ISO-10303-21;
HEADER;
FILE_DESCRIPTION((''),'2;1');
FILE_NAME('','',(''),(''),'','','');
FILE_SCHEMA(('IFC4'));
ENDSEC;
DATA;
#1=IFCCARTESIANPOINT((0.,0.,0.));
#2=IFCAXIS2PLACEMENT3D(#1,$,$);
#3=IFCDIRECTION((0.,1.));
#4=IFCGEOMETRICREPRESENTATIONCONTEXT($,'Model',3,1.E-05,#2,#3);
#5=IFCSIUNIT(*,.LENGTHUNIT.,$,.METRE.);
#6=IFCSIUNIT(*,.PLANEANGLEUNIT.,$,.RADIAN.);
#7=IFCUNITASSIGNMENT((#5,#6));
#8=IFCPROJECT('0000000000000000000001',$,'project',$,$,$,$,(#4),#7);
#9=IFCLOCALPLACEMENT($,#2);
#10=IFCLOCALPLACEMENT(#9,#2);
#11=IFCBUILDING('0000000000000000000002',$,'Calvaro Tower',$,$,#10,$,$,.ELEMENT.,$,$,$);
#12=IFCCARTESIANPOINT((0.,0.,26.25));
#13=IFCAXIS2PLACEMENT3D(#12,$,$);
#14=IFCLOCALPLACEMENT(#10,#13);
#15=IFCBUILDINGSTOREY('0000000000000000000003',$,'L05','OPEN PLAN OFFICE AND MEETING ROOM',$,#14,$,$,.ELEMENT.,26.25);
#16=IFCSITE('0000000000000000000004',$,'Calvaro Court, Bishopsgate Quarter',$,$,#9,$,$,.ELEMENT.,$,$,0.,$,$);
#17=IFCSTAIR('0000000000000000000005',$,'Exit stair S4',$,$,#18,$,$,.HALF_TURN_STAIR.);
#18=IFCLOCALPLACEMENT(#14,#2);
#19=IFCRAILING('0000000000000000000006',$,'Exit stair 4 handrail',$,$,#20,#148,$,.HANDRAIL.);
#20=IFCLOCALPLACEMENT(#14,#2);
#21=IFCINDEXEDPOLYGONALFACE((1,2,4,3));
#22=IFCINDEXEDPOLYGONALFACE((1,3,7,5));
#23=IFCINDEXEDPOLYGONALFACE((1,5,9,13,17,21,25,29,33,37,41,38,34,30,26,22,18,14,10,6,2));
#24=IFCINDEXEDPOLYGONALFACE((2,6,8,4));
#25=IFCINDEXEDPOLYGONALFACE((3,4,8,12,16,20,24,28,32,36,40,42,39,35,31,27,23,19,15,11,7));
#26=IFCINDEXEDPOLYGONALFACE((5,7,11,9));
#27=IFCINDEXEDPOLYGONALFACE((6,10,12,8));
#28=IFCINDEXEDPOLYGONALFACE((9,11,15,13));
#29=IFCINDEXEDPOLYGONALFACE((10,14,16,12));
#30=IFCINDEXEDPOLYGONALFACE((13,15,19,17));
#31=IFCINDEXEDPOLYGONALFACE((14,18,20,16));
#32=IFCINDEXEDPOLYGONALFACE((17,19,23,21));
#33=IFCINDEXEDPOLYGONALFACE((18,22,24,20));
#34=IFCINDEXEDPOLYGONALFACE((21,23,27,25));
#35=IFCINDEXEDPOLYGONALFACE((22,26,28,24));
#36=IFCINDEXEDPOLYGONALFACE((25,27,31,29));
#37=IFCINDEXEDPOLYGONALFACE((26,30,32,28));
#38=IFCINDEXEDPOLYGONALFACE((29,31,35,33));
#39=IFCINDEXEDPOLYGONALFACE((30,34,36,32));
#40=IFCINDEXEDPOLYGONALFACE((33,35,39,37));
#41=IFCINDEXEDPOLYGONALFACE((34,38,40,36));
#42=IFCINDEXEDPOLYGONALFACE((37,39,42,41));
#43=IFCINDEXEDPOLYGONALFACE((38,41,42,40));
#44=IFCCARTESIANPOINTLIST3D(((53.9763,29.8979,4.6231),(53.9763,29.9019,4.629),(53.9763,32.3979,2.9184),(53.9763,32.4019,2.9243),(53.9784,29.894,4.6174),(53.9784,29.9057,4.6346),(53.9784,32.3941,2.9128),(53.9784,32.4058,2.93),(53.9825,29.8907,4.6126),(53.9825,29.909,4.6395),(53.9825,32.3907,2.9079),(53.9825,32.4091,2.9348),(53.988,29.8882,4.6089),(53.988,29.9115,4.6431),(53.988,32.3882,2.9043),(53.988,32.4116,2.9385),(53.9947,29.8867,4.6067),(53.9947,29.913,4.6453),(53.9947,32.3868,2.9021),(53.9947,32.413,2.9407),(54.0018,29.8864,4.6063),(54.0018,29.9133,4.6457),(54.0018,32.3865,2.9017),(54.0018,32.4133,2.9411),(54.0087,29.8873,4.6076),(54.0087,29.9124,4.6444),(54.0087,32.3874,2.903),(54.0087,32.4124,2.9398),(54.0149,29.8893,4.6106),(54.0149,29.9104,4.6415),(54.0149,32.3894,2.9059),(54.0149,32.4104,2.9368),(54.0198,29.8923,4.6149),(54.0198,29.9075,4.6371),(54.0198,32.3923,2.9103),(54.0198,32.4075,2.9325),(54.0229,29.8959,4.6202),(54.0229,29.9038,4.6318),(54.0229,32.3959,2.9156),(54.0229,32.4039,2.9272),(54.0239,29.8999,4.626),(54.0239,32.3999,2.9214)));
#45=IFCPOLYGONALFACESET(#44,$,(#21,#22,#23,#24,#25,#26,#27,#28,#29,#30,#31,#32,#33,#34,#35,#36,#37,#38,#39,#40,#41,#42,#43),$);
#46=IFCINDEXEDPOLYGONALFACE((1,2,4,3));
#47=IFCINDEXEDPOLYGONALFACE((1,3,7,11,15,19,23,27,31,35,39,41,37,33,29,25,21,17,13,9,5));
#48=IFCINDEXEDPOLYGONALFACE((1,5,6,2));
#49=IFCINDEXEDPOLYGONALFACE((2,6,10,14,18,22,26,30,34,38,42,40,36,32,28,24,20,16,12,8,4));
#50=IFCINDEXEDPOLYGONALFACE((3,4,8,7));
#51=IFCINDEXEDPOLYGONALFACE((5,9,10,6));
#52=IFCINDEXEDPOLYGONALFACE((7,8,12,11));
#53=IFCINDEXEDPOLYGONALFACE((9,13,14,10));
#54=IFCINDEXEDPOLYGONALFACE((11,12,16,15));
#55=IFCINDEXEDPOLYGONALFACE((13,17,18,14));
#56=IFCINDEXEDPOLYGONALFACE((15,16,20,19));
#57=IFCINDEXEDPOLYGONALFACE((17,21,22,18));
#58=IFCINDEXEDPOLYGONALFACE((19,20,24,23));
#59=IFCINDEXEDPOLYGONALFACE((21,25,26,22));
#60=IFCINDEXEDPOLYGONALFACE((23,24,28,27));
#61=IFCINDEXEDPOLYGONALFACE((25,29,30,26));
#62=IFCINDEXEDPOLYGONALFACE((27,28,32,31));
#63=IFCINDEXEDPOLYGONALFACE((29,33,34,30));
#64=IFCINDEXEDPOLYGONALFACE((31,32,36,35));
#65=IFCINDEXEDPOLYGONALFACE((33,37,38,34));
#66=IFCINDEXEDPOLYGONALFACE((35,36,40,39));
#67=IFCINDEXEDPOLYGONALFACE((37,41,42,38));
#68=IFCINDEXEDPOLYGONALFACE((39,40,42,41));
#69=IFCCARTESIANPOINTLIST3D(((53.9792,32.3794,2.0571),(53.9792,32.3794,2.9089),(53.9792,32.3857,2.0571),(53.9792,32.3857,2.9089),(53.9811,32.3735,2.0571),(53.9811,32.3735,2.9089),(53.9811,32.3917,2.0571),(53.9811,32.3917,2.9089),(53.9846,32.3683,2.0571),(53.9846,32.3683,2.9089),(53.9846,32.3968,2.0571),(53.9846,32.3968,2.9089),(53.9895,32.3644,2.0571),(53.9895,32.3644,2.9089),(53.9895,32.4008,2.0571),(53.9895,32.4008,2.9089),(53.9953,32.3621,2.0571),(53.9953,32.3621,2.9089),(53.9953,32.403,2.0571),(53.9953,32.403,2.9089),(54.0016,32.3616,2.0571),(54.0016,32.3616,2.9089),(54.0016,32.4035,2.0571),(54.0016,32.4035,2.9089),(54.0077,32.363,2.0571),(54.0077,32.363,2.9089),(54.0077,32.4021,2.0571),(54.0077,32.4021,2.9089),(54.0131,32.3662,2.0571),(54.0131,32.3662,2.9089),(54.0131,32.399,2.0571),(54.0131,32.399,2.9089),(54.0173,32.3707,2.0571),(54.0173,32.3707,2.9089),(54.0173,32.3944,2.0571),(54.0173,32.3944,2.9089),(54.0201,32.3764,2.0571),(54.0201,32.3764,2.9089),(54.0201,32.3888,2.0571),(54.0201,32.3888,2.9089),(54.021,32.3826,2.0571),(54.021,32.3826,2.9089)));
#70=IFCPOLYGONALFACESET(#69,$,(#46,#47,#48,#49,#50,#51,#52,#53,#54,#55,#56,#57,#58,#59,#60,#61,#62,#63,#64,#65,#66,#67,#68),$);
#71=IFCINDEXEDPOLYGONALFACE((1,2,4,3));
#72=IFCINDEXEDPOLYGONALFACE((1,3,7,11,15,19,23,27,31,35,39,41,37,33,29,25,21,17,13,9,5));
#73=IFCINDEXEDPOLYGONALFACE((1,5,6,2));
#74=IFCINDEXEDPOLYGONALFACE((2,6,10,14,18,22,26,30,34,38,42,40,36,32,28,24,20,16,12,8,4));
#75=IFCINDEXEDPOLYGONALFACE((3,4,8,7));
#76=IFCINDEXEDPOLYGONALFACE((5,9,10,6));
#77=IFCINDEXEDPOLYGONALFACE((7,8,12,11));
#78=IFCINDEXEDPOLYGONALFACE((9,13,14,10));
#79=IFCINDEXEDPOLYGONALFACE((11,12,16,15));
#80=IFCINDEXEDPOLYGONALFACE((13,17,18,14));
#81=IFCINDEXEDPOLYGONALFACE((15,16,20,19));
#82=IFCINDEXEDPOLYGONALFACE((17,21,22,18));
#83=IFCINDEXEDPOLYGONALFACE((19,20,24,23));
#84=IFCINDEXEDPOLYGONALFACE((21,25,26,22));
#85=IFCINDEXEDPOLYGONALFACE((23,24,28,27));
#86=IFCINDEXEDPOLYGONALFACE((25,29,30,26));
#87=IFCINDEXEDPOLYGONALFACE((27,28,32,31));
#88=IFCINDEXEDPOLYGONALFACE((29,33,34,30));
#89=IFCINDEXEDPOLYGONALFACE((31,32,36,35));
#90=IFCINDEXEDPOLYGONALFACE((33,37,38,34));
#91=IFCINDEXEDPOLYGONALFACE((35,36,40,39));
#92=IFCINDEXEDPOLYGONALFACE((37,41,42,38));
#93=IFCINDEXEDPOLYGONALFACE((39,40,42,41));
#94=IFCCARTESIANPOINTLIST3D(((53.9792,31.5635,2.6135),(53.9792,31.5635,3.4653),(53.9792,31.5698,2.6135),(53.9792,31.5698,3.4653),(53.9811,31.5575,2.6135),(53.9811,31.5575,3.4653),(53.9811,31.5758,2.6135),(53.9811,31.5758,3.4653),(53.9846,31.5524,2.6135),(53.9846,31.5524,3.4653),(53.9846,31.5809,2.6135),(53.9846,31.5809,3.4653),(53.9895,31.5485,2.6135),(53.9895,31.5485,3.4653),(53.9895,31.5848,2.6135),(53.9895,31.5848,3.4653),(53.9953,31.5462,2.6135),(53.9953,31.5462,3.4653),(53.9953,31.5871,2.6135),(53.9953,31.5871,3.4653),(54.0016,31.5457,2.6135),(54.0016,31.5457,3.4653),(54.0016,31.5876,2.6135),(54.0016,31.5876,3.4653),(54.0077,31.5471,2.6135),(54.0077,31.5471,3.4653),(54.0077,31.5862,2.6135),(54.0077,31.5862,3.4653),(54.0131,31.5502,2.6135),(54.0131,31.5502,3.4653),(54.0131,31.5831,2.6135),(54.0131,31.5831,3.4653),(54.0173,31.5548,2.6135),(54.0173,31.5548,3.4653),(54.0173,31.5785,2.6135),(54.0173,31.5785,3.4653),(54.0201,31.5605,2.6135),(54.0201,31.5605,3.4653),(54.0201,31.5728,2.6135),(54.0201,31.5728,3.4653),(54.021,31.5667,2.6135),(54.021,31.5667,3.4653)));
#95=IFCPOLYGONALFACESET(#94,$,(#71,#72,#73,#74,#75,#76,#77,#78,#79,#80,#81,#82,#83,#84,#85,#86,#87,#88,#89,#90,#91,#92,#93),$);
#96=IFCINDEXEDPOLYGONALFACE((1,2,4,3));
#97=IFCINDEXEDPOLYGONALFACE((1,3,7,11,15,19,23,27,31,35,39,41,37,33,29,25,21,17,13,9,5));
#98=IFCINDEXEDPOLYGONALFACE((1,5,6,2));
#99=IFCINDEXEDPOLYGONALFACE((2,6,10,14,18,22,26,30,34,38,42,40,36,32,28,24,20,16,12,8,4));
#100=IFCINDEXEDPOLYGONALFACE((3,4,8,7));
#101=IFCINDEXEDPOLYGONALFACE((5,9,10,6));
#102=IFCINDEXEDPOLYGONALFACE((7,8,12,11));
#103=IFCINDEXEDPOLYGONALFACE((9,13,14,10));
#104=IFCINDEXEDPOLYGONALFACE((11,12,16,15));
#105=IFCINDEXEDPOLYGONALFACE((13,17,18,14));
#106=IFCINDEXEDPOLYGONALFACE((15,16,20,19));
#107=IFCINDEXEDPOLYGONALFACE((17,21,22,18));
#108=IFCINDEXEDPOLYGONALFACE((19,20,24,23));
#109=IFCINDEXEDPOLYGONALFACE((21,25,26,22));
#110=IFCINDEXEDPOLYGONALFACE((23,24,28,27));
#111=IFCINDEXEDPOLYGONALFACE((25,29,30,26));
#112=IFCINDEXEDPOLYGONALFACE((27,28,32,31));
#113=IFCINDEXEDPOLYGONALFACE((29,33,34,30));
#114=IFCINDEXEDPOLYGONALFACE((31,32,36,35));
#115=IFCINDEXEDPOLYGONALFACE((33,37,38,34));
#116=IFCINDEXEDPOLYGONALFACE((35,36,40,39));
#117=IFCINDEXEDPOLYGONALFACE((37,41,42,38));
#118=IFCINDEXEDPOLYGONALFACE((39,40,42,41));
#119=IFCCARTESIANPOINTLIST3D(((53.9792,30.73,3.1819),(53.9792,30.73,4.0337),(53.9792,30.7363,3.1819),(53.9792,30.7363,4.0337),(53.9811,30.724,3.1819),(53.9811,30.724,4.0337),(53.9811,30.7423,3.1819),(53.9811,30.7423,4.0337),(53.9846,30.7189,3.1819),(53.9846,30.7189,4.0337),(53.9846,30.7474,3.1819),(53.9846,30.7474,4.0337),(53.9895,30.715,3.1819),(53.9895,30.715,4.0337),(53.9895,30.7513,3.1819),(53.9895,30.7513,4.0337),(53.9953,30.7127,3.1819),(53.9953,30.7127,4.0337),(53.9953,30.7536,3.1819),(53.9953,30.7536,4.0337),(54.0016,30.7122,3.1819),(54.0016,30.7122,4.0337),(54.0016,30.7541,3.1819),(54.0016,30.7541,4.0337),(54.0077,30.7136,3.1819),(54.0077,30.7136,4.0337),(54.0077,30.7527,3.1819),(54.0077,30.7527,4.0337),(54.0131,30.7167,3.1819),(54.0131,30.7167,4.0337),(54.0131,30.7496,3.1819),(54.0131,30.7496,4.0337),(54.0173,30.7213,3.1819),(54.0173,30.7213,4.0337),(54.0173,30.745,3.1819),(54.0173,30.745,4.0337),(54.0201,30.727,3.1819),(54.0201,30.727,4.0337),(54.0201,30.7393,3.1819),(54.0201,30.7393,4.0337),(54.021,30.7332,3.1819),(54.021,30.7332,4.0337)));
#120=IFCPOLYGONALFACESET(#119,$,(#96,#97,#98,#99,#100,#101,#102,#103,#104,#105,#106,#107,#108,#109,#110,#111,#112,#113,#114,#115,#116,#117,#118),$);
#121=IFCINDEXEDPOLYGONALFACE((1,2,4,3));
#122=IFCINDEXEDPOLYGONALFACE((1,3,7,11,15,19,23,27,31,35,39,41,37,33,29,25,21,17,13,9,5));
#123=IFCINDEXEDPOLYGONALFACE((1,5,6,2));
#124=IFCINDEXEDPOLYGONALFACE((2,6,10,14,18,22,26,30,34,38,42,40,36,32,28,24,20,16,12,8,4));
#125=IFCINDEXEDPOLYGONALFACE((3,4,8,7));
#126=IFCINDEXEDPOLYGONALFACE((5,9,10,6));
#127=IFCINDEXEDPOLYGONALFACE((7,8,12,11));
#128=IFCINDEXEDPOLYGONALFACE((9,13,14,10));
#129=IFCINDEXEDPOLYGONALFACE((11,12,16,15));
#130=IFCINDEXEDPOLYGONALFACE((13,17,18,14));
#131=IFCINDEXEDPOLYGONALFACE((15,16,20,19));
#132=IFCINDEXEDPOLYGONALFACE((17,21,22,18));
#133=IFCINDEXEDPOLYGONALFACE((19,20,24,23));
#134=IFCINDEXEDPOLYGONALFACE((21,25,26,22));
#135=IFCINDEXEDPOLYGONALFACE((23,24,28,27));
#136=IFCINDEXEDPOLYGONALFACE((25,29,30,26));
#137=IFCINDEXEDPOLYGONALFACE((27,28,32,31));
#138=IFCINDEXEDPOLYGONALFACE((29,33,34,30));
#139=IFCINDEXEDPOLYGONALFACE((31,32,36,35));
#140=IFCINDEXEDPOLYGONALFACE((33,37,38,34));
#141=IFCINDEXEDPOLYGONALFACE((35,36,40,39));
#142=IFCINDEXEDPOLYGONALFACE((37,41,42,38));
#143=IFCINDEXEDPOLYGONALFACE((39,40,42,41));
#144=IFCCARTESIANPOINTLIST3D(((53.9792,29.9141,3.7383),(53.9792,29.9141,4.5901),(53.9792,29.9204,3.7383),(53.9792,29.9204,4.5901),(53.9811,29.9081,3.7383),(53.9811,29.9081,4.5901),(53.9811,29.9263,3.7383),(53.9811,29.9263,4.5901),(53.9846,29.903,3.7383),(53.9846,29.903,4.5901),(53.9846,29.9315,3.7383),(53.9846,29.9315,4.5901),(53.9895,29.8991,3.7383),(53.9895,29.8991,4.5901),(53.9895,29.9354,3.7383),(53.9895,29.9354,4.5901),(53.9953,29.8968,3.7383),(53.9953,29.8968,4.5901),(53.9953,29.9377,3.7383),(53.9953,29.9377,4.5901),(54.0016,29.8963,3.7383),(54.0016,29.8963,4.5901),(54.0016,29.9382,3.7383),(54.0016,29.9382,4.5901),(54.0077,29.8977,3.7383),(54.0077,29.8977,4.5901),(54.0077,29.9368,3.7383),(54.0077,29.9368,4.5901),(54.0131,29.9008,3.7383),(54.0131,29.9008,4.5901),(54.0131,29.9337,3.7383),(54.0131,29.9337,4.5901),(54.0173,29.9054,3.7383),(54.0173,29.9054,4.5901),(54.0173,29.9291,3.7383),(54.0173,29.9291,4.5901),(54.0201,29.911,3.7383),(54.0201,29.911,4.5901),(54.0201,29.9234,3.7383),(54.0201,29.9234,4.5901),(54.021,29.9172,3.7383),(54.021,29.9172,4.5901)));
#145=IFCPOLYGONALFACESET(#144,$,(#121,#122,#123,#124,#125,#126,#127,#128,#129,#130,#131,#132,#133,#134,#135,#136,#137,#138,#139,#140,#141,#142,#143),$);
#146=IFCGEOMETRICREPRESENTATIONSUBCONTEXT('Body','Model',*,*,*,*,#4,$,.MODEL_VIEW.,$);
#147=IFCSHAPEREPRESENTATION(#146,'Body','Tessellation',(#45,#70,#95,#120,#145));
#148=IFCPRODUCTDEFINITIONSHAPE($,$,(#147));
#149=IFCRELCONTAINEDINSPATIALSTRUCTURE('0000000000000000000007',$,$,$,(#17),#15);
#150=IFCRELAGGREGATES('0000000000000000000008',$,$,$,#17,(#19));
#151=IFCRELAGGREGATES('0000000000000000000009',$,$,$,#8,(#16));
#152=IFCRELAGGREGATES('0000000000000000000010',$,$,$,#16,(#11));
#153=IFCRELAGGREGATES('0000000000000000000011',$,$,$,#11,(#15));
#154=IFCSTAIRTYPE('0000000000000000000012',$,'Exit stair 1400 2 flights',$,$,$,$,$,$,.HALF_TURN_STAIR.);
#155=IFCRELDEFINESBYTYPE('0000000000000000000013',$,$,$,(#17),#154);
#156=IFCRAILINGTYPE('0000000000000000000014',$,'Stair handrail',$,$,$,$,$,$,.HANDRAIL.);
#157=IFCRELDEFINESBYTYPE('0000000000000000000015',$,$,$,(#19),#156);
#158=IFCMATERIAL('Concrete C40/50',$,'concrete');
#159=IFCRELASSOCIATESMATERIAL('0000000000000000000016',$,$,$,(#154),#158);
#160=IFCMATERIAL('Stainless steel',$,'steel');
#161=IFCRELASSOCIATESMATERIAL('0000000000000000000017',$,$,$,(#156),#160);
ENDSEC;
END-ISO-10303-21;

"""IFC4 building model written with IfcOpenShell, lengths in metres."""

from ifc_helpers import new_model, si_unit, direction, frame, origin, origin_2d, place, context, subcontext, project, spatial, circle, extrude, material, type_object, element, aggregate, save


model = new_model("IFC4")

# Units and contexts
model_context = context("Model", 3, precision=1e-05, world=origin(), true_north=direction((0.0, 1.0)))
body_context = subcontext(model_context, "Body", "Model", "MODEL_VIEW")
ifc_project = project(units=[si_unit("LENGTHUNIT", "METRE"), si_unit("PLANEANGLEUNIT", "RADIAN")], contexts=[model_context])

# Site, building, storey
site_placement = place(None, origin())
site = spatial("IfcSite", under=ifc_project, at=site_placement, Name="Calvaro Court, Bishopsgate Quarter", CompositionType="ELEMENT", RefElevation=0.0)
building_placement = place(site_placement, origin())
building = spatial("IfcBuilding", under=site, at=building_placement, Name="Calvaro Tower", CompositionType="ELEMENT")
storey_placement = place(building_placement, frame((0.0, 0.0, 26.25)))
storey = spatial("IfcBuildingStorey", under=building, at=storey_placement, Name="L05", Description="OPEN PLAN OFFICE AND MEETING ROOM", CompositionType="ELEMENT", Elevation=26.25)

# Shared definitions
ifc_material_1 = material(Name="Concrete C40/50", Category="concrete")
stair_type = type_object("IfcStairType", Name="Exit stair 1400 2 flights", PredefinedType="HALF_TURN_STAIR", material=ifc_material_1)

# Stair, railing
stair_1_placement = place(storey_placement, origin())
stair_1 = element("IfcStair", 1, at=stair_1_placement, inside=storey, type_object=stair_type, Name="Exit stair S4", PredefinedType="HALF_TURN_STAIR")
ifc_material_2 = material(Name="Stainless steel", Category="steel")
railing_type = type_object("IfcRailingType", Name="Stair handrail", PredefinedType="HANDRAIL", material=ifc_material_2)
railing_1_placement = place(storey_placement, frame((54.0, 32.3999, 2.0454)))
railing_1 = element("IfcRailing", 2, at=railing_1_placement, type_object=railing_type, Name="Exit stair 4 handrail", PredefinedType="HANDRAIL", context=body_context, shape_type="SweptSolid", body=[
    extrude(circle(Radius=0.0239, at=origin_2d()), frame((0.0, 0.0, 0.876), z_axis=(0.0, -0.826221, 0.563347), x_axis=(1.0, 0.0, 0.0)), (0.0, 0.0, 1.0), 3.0259),
    extrude(circle(Radius=0.021, at=origin_2d()), frame((0.0, -0.0173, 0.0117)), (0.0, 0.0, 1.0), 0.8518),
    extrude(circle(Radius=0.021, at=origin_2d()), frame((0.0, -0.8333, 0.5681)), (0.0, 0.0, 1.0), 0.8518),
    extrude(circle(Radius=0.021, at=origin_2d()), frame((0.0, -1.6667, 1.1365)), (0.0, 0.0, 1.0), 0.8518),
    extrude(circle(Radius=0.021, at=origin_2d()), frame((0.0, -2.4827, 1.6929)), (0.0, 0.0, 1.0), 0.8518),
])
aggregate(stair_1, [railing_1])

save(model, "model.ifc")
